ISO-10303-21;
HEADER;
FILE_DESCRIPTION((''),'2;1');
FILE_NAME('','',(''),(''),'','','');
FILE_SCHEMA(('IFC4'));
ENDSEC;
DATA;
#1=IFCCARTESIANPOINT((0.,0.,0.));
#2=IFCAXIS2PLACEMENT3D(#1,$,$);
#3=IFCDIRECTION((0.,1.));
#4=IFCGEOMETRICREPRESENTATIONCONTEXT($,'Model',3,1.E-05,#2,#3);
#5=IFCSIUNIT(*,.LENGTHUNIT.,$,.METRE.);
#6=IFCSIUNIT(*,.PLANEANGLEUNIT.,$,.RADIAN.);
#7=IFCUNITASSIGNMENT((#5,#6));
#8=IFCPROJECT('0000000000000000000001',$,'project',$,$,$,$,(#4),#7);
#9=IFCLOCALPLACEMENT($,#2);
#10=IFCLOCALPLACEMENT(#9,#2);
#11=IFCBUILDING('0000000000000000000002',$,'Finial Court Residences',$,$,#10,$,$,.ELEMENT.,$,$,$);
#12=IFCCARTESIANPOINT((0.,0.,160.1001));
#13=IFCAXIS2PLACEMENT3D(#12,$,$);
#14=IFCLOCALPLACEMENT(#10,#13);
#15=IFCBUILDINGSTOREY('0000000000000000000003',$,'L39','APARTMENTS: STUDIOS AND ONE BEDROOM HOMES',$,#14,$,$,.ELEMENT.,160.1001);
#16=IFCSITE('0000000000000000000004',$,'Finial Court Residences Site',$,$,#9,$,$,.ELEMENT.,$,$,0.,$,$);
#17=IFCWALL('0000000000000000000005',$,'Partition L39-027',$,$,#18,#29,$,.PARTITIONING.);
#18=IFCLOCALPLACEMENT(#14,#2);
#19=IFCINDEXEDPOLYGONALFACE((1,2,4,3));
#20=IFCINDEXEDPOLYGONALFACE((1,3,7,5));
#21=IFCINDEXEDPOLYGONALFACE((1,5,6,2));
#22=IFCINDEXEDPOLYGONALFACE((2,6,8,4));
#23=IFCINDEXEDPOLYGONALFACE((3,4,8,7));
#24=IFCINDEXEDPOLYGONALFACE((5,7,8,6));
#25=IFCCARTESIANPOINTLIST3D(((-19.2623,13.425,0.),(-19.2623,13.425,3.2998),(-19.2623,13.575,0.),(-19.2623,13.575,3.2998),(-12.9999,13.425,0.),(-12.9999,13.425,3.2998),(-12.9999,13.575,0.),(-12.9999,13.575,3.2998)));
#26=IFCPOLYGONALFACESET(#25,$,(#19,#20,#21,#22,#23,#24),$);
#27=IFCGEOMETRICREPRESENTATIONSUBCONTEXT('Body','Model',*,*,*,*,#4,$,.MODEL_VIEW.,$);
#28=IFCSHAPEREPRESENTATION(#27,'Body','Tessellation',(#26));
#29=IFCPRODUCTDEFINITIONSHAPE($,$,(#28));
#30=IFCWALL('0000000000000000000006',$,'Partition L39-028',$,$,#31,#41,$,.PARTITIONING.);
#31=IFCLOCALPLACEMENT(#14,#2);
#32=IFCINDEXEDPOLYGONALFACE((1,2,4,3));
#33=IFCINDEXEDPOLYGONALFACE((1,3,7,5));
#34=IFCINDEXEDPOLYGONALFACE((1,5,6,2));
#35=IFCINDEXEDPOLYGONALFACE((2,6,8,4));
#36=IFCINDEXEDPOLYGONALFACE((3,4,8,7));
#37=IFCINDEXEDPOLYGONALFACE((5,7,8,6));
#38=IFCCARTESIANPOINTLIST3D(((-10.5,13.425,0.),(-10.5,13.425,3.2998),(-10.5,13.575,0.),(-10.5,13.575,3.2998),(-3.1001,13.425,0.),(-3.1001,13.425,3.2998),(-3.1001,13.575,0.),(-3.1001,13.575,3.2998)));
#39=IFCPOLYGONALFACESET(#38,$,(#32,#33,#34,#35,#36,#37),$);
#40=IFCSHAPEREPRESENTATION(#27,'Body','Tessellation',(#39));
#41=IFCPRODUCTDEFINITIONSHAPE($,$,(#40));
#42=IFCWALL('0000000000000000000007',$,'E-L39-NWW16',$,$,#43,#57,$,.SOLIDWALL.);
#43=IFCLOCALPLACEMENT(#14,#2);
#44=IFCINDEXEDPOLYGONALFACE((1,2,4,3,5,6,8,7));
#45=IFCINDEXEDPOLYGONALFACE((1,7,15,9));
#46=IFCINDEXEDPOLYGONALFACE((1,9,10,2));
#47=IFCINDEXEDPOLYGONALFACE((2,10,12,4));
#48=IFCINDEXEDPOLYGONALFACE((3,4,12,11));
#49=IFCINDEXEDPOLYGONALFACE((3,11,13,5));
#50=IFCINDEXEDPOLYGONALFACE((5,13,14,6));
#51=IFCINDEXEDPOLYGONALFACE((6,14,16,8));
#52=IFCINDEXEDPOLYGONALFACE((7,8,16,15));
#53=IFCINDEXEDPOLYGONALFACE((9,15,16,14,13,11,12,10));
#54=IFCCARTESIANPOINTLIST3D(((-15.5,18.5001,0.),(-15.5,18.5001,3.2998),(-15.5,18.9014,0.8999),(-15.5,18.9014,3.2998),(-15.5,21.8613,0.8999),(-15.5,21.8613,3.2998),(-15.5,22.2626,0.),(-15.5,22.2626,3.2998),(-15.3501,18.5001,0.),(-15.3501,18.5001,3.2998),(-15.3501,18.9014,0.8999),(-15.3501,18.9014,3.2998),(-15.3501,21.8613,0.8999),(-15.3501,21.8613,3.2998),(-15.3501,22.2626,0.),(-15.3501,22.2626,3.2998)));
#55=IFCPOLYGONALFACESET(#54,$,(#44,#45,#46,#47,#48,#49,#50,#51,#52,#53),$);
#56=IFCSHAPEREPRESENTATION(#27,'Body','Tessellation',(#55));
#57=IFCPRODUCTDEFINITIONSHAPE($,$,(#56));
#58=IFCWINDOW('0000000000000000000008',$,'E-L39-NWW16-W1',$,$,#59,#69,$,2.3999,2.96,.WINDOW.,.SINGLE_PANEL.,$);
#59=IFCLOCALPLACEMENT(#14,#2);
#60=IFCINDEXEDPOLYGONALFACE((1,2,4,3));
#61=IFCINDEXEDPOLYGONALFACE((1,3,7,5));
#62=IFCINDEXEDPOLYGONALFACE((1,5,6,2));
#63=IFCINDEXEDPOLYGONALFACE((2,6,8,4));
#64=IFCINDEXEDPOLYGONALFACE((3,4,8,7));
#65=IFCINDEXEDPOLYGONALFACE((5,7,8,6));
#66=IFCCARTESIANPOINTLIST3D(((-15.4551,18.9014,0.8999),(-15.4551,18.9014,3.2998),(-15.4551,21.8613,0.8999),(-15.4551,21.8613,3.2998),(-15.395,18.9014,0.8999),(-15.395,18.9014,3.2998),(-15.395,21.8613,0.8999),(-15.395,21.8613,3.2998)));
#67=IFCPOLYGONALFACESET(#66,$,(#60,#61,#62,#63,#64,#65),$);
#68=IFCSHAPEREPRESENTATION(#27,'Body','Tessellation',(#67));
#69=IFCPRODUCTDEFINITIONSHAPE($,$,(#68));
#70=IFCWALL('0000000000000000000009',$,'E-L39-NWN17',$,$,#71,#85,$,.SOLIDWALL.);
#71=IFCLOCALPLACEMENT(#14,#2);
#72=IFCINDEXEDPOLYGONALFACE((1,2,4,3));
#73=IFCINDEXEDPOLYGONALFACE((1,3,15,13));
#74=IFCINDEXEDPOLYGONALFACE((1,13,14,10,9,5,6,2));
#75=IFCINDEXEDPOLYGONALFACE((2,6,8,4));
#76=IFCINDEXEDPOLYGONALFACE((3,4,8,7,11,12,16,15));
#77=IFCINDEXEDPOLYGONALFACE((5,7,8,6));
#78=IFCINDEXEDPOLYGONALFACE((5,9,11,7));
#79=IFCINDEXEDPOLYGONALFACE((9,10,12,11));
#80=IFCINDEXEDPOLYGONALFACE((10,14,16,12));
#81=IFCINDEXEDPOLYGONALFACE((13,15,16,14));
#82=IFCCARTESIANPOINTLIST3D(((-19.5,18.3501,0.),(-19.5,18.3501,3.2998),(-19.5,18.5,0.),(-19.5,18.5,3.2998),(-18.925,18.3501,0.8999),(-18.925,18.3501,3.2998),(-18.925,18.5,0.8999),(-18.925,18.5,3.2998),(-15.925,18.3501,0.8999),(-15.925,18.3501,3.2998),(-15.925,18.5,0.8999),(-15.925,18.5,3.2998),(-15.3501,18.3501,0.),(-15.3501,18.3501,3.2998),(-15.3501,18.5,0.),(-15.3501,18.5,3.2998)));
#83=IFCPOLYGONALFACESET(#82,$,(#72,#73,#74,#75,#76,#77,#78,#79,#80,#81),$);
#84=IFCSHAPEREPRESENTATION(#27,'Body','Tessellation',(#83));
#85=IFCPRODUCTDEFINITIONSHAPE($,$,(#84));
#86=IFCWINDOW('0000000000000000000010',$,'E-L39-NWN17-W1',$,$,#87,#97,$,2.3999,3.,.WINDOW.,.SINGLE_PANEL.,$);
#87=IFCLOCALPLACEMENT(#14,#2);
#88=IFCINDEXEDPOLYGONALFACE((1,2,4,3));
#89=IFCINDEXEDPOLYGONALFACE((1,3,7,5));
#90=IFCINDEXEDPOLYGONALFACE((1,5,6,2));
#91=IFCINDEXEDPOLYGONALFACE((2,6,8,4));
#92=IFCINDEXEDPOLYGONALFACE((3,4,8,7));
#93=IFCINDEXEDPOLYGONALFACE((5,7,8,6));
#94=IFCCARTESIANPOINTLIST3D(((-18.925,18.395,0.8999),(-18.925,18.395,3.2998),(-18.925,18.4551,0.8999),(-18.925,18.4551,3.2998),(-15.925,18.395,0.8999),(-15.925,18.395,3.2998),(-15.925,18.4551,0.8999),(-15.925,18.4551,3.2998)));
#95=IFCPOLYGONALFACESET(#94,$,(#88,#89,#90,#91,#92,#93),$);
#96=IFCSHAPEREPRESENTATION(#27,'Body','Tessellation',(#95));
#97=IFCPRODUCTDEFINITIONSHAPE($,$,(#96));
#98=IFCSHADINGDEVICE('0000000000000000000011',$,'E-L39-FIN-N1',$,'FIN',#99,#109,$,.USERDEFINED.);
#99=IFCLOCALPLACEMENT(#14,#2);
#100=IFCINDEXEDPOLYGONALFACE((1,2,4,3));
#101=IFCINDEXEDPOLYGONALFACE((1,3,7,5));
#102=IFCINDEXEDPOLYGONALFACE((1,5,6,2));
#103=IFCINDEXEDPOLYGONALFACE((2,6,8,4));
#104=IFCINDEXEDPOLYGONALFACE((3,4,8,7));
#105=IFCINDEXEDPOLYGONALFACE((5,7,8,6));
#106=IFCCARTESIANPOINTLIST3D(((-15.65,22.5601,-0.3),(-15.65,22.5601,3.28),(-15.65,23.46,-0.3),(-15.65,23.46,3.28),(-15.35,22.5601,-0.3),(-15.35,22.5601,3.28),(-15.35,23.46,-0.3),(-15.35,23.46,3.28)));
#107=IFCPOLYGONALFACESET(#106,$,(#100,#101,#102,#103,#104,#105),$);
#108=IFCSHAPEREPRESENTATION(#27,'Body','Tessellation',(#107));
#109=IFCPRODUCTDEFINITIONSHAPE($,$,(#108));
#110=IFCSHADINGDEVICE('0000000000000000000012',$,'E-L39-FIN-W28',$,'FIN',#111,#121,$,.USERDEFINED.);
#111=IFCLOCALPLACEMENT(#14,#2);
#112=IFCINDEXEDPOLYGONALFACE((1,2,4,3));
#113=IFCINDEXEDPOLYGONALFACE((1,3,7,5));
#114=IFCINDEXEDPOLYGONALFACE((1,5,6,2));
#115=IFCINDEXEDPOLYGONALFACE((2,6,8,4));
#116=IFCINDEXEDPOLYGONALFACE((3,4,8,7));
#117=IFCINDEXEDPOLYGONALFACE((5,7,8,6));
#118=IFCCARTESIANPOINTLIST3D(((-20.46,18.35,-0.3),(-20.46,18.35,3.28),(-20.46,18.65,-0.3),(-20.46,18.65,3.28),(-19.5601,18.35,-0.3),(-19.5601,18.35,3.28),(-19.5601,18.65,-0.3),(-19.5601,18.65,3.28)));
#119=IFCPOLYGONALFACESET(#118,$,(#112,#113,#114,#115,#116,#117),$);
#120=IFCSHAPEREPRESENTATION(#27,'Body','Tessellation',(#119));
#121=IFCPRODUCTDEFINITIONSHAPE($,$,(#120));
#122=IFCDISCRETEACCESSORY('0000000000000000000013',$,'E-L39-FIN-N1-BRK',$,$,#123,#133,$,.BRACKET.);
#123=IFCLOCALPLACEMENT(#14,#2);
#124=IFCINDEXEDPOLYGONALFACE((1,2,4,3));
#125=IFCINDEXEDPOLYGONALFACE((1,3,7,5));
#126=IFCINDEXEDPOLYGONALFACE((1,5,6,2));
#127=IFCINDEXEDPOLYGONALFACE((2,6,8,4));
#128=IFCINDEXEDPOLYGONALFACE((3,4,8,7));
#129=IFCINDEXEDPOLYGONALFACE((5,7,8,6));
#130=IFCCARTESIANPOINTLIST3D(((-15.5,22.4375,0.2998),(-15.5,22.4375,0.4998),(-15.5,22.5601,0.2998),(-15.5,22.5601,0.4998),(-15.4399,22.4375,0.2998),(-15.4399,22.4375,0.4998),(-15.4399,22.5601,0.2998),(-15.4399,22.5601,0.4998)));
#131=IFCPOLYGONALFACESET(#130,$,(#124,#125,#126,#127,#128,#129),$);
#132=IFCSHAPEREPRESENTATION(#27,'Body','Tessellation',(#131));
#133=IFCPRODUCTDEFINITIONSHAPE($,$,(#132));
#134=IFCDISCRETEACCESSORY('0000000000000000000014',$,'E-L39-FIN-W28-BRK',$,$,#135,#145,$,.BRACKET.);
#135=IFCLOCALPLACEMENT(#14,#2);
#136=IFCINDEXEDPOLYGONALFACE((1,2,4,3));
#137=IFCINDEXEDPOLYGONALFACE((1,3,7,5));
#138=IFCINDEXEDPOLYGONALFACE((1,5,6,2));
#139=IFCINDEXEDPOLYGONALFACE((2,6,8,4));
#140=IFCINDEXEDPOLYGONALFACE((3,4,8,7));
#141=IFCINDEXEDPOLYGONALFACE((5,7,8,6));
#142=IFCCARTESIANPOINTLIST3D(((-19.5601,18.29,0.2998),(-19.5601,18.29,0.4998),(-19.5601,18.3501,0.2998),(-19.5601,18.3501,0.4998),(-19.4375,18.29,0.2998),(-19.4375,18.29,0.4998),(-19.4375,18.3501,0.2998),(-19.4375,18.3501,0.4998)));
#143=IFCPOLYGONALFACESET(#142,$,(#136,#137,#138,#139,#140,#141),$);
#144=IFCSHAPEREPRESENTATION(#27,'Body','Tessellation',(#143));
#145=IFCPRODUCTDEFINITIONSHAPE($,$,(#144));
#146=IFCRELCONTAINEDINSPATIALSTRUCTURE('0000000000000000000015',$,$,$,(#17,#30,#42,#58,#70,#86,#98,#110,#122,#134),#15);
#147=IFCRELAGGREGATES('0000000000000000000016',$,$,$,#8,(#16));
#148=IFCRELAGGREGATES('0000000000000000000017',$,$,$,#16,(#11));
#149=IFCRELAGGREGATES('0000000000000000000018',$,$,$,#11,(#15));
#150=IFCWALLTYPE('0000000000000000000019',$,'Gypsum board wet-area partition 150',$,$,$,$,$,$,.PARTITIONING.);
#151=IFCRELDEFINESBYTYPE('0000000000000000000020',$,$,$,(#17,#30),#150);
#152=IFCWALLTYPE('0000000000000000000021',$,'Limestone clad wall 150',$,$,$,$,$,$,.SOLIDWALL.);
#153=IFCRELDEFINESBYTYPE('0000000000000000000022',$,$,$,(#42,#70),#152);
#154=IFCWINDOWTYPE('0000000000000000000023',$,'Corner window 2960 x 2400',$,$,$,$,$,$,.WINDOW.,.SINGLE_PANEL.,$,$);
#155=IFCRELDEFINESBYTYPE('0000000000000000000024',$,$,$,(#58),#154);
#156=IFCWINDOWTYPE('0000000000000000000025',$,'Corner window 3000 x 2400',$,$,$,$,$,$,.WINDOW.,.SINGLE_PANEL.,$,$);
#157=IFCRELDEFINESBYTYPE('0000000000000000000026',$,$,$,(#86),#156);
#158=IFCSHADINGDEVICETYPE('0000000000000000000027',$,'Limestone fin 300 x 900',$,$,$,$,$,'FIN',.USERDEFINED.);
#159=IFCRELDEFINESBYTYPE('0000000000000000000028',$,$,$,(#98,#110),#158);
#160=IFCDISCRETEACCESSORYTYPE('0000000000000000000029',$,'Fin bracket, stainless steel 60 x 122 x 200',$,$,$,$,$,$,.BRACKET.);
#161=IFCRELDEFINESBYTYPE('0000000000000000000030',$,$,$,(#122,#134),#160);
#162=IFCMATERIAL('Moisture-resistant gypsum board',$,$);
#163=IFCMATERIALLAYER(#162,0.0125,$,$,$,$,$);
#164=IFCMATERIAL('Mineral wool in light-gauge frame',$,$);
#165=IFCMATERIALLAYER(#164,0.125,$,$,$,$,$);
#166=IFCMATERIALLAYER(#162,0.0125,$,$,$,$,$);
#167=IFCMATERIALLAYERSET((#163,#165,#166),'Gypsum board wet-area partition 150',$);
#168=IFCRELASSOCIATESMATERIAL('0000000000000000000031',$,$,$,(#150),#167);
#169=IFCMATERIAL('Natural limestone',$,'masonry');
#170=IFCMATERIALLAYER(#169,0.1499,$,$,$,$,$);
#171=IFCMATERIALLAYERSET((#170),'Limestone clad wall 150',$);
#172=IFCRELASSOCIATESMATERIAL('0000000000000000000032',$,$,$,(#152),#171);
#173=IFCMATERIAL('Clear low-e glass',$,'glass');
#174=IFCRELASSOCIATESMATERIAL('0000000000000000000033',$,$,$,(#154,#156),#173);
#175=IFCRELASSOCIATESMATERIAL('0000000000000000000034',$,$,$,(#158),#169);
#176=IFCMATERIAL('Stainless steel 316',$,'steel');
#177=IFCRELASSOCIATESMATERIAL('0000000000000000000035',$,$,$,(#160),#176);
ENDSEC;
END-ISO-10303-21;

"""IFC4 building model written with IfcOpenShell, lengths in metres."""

from ifc_helpers import new_model, si_unit, direction, frame, frame_2d, origin, origin_2d, place, context, subcontext, project, spatial, rectangle, extrude, material, layer, layer_set, type_object, element, fill, save


model = new_model("IFC4")

# Units and contexts
model_context = context("Model", 3, precision=1e-05, world=origin(), true_north=direction((0.0, 1.0)))
body_context = subcontext(model_context, "Body", "Model", "MODEL_VIEW")
ifc_project = project(units=[si_unit("LENGTHUNIT", "METRE"), si_unit("PLANEANGLEUNIT", "RADIAN")], contexts=[model_context])

# Site, building, storey
site_placement = place(None, origin())
site = spatial("IfcSite", under=ifc_project, at=site_placement, Name="Finial Court Residences Site", CompositionType="ELEMENT", RefElevation=0.0)
building_placement = place(site_placement, origin())
building = spatial("IfcBuilding", under=site, at=building_placement, Name="Finial Court Residences", CompositionType="ELEMENT")
storey_placement = place(building_placement, frame((0.0, 0.0, 160.1001)))
storey = spatial("IfcBuildingStorey", under=building, at=storey_placement, Name="L39", Description="APARTMENTS: STUDIOS AND ONE BEDROOM HOMES", CompositionType="ELEMENT", Elevation=160.1001)

# Shared definitions
ifc_material_1 = material(Name="Clear low-e glass", Category="glass")

# Shared definitions
ifc_material_2 = material(Name="Mineral wool in light-gauge frame")

# Walls
ifc_material_3 = material(Name="Moisture-resistant gypsum board")
ifc_layer_1 = layer(ifc_material_3, 0.0125)
ifc_layer_2 = layer(ifc_material_2, 0.125)
ifc_layer_3 = layer(ifc_material_3, 0.0125)
ifc_layer_set_1 = layer_set([ifc_layer_1, ifc_layer_2, ifc_layer_3], Name="Gypsum board wet-area partition 150")
wall_type_1 = type_object("IfcWallType", Name="Gypsum board wet-area partition 150", PredefinedType="PARTITIONING", material=ifc_layer_set_1)
wall_1_placement = place(storey_placement, frame((-19.2625, 13.5, 0.0), z_axis=(0.0, 0.0, 1.0), x_axis=(1.0, 0.0, 0.0)))
element("IfcWall", 1, at=wall_1_placement, inside=storey, type_object=wall_type_1, Name="Partition L39-027", PredefinedType="PARTITIONING", context=body_context, shape_type="SweptSolid", body=[
    extrude(rectangle(XDim=6.2625, YDim=0.1499, at=frame_2d((3.1313, 0.0))), origin(), (0.0, 0.0, 1.0), 3.2998),
])
wall_2_placement = place(storey_placement, frame((-10.5, 13.5, 0.0), z_axis=(0.0, 0.0, 1.0), x_axis=(1.0, 0.0, 0.0)))
element("IfcWall", 2, at=wall_2_placement, inside=storey, type_object=wall_type_1, Name="Partition L39-028", PredefinedType="PARTITIONING", context=body_context, shape_type="SweptSolid", body=[
    extrude(rectangle(XDim=7.3999, YDim=0.1499, at=frame_2d((3.7, 0.0))), origin(), (0.0, 0.0, 1.0), 3.2998),
])

# Walls, openings, windows
ifc_material_4 = material(Name="Natural limestone", Category="masonry")
ifc_layer_4 = layer(ifc_material_4, 0.1499)
ifc_layer_set_2 = layer_set([ifc_layer_4], Name="Limestone clad wall 150")
wall_type_2 = type_object("IfcWallType", Name="Limestone clad wall 150", PredefinedType="SOLIDWALL", material=ifc_layer_set_2)
wall_3_placement = place(storey_placement, frame((-15.425, 18.5, 0.0), z_axis=(0.0, 0.0, 1.0), x_axis=(0.0, 1.0, 0.0)))
wall_3 = element("IfcWall", 3, at=wall_3_placement, inside=storey, type_object=wall_type_2, Name="E-L39-NWW16", PredefinedType="SOLIDWALL", context=body_context, shape_type="SweptSolid", body=[
    extrude(rectangle(XDim=3.7625, YDim=0.1499, at=frame_2d((1.8813, 0.0))), origin(), (0.0, 0.0, 1.0), 3.2998),
])
opening_1_placement = place(wall_3_placement, frame((0.4014, 0.0, 0.8999)))
opening_1 = element("IfcOpeningElement", 4, at=opening_1_placement, cuts=wall_3, PredefinedType="OPENING", context=body_context, shape_type="SweptSolid", body=[
    extrude(rectangle(XDim=2.96, YDim=2.3999, at=frame_2d((1.48, 1.2))), frame((0.0, 0.085, 0.0), z_axis=(0.0, -1.0, 0.0), x_axis=(1.0, 0.0, 0.0)), (0.0, 0.0, 1.0), 0.1699),
])
window_type_1 = type_object("IfcWindowType", Name="Corner window 2960 x 2400", PartitioningType="SINGLE_PANEL", PredefinedType="WINDOW", material=ifc_material_1)
window_1_placement = place(opening_1_placement, origin())
window_1 = element("IfcWindow", 5, at=window_1_placement, inside=storey, type_object=window_type_1, Name="E-L39-NWW16-W1", OverallHeight=2.3999, OverallWidth=2.96, PartitioningType="SINGLE_PANEL", PredefinedType="WINDOW", context=body_context, shape_type="SweptSolid", body=[
    extrude(rectangle(XDim=2.96, YDim=2.3999, at=frame_2d((1.48, 1.2))), frame((0.0, 0.03, 0.0), z_axis=(0.0, -1.0, 0.0), x_axis=(1.0, 0.0, 0.0)), (0.0, 0.0, 1.0), 0.0601),
])
fill(opening_1, window_1)
wall_4_placement = place(storey_placement, frame((-19.5, 18.425, 0.0), z_axis=(0.0, 0.0, 1.0), x_axis=(1.0, 0.0, 0.0)))
wall_4 = element("IfcWall", 6, at=wall_4_placement, inside=storey, type_object=wall_type_2, Name="E-L39-NWN17", PredefinedType="SOLIDWALL", context=body_context, shape_type="SweptSolid", body=[
    extrude(rectangle(XDim=4.1499, YDim=0.1499, at=frame_2d((2.075, 0.0))), origin(), (0.0, 0.0, 1.0), 3.2998),
])
opening_2_placement = place(wall_4_placement, frame((0.575, 0.0, 0.8999)))
opening_2 = element("IfcOpeningElement", 7, at=opening_2_placement, cuts=wall_4, PredefinedType="OPENING", context=body_context, shape_type="SweptSolid", body=[
    extrude(rectangle(XDim=3.0, YDim=2.3999, at=frame_2d((1.5, 1.2))), frame((0.0, 0.085, 0.0), z_axis=(0.0, -1.0, 0.0), x_axis=(1.0, 0.0, 0.0)), (0.0, 0.0, 1.0), 0.1699),
])
window_type_2 = type_object("IfcWindowType", Name="Corner window 3000 x 2400", PartitioningType="SINGLE_PANEL", PredefinedType="WINDOW", material=ifc_material_1)
window_2_placement = place(opening_2_placement, origin())
window_2 = element("IfcWindow", 8, at=window_2_placement, inside=storey, type_object=window_type_2, Name="E-L39-NWN17-W1", OverallHeight=2.3999, OverallWidth=3.0, PartitioningType="SINGLE_PANEL", PredefinedType="WINDOW", context=body_context, shape_type="SweptSolid", body=[
    extrude(rectangle(XDim=3.0, YDim=2.3999, at=frame_2d((1.5, 1.2))), frame((0.0, 0.03, 0.0), z_axis=(0.0, -1.0, 0.0), x_axis=(1.0, 0.0, 0.0)), (0.0, 0.0, 1.0), 0.0601),
])
fill(opening_2, window_2)

# Shading devices
shading_device_type = type_object("IfcShadingDeviceType", Name="Limestone fin 300 x 900", ElementType="FIN", PredefinedType="USERDEFINED", material=ifc_material_4)
shading_device_1_placement = place(storey_placement, frame((-15.5, 23.01, -0.3), z_axis=(0.0, 0.0, 1.0), x_axis=(1.0, 0.0, 0.0)))
element("IfcShadingDevice", 9, at=shading_device_1_placement, inside=storey, type_object=shading_device_type, Name="E-L39-FIN-N1", ObjectType="FIN", PredefinedType="USERDEFINED", context=body_context, shape_type="SweptSolid", body=[
    extrude(rectangle(XDim=0.3, YDim=0.8999, at=origin_2d()), origin(), (0.0, 0.0, 1.0), 3.5801),
])
shading_device_2_placement = place(storey_placement, frame((-20.01, 18.5, -0.3), z_axis=(0.0, 0.0, 1.0), x_axis=(1.0, 0.0, 0.0)))
element("IfcShadingDevice", 10, at=shading_device_2_placement, inside=storey, type_object=shading_device_type, Name="E-L39-FIN-W28", ObjectType="FIN", PredefinedType="USERDEFINED", context=body_context, shape_type="SweptSolid", body=[
    extrude(rectangle(XDim=0.8999, YDim=0.3, at=origin_2d()), origin(), (0.0, 0.0, 1.0), 3.5801),
])

# Discrete accessories
ifc_material_5 = material(Name="Stainless steel 316", Category="steel")
discrete_accessory_type = type_object("IfcDiscreteAccessoryType", Name="Fin bracket, stainless steel 60 x 122 x 200", PredefinedType="BRACKET", material=ifc_material_5)
discrete_accessory_1_placement = place(storey_placement, frame((-15.47, 22.4988, 0.2998), z_axis=(0.0, 0.0, 1.0), x_axis=(1.0, 0.0, 0.0)))
element("IfcDiscreteAccessory", 11, at=discrete_accessory_1_placement, inside=storey, type_object=discrete_accessory_type, Name="E-L39-FIN-N1-BRK", PredefinedType="BRACKET", context=body_context, shape_type="SweptSolid", body=[
    extrude(rectangle(XDim=0.0601, YDim=0.1226, at=origin_2d()), origin(), (0.0, 0.0, 1.0), 0.2),
])
discrete_accessory_2_placement = place(storey_placement, frame((-19.4988, 18.3201, 0.2998), z_axis=(0.0, 0.0, 1.0), x_axis=(1.0, 0.0, 0.0)))
element("IfcDiscreteAccessory", 12, at=discrete_accessory_2_placement, inside=storey, type_object=discrete_accessory_type, Name="E-L39-FIN-W28-BRK", PredefinedType="BRACKET", context=body_context, shape_type="SweptSolid", body=[
    extrude(rectangle(XDim=0.1226, YDim=0.0601, at=origin_2d()), origin(), (0.0, 0.0, 1.0), 0.2),
])

save(model, "model.ifc")
